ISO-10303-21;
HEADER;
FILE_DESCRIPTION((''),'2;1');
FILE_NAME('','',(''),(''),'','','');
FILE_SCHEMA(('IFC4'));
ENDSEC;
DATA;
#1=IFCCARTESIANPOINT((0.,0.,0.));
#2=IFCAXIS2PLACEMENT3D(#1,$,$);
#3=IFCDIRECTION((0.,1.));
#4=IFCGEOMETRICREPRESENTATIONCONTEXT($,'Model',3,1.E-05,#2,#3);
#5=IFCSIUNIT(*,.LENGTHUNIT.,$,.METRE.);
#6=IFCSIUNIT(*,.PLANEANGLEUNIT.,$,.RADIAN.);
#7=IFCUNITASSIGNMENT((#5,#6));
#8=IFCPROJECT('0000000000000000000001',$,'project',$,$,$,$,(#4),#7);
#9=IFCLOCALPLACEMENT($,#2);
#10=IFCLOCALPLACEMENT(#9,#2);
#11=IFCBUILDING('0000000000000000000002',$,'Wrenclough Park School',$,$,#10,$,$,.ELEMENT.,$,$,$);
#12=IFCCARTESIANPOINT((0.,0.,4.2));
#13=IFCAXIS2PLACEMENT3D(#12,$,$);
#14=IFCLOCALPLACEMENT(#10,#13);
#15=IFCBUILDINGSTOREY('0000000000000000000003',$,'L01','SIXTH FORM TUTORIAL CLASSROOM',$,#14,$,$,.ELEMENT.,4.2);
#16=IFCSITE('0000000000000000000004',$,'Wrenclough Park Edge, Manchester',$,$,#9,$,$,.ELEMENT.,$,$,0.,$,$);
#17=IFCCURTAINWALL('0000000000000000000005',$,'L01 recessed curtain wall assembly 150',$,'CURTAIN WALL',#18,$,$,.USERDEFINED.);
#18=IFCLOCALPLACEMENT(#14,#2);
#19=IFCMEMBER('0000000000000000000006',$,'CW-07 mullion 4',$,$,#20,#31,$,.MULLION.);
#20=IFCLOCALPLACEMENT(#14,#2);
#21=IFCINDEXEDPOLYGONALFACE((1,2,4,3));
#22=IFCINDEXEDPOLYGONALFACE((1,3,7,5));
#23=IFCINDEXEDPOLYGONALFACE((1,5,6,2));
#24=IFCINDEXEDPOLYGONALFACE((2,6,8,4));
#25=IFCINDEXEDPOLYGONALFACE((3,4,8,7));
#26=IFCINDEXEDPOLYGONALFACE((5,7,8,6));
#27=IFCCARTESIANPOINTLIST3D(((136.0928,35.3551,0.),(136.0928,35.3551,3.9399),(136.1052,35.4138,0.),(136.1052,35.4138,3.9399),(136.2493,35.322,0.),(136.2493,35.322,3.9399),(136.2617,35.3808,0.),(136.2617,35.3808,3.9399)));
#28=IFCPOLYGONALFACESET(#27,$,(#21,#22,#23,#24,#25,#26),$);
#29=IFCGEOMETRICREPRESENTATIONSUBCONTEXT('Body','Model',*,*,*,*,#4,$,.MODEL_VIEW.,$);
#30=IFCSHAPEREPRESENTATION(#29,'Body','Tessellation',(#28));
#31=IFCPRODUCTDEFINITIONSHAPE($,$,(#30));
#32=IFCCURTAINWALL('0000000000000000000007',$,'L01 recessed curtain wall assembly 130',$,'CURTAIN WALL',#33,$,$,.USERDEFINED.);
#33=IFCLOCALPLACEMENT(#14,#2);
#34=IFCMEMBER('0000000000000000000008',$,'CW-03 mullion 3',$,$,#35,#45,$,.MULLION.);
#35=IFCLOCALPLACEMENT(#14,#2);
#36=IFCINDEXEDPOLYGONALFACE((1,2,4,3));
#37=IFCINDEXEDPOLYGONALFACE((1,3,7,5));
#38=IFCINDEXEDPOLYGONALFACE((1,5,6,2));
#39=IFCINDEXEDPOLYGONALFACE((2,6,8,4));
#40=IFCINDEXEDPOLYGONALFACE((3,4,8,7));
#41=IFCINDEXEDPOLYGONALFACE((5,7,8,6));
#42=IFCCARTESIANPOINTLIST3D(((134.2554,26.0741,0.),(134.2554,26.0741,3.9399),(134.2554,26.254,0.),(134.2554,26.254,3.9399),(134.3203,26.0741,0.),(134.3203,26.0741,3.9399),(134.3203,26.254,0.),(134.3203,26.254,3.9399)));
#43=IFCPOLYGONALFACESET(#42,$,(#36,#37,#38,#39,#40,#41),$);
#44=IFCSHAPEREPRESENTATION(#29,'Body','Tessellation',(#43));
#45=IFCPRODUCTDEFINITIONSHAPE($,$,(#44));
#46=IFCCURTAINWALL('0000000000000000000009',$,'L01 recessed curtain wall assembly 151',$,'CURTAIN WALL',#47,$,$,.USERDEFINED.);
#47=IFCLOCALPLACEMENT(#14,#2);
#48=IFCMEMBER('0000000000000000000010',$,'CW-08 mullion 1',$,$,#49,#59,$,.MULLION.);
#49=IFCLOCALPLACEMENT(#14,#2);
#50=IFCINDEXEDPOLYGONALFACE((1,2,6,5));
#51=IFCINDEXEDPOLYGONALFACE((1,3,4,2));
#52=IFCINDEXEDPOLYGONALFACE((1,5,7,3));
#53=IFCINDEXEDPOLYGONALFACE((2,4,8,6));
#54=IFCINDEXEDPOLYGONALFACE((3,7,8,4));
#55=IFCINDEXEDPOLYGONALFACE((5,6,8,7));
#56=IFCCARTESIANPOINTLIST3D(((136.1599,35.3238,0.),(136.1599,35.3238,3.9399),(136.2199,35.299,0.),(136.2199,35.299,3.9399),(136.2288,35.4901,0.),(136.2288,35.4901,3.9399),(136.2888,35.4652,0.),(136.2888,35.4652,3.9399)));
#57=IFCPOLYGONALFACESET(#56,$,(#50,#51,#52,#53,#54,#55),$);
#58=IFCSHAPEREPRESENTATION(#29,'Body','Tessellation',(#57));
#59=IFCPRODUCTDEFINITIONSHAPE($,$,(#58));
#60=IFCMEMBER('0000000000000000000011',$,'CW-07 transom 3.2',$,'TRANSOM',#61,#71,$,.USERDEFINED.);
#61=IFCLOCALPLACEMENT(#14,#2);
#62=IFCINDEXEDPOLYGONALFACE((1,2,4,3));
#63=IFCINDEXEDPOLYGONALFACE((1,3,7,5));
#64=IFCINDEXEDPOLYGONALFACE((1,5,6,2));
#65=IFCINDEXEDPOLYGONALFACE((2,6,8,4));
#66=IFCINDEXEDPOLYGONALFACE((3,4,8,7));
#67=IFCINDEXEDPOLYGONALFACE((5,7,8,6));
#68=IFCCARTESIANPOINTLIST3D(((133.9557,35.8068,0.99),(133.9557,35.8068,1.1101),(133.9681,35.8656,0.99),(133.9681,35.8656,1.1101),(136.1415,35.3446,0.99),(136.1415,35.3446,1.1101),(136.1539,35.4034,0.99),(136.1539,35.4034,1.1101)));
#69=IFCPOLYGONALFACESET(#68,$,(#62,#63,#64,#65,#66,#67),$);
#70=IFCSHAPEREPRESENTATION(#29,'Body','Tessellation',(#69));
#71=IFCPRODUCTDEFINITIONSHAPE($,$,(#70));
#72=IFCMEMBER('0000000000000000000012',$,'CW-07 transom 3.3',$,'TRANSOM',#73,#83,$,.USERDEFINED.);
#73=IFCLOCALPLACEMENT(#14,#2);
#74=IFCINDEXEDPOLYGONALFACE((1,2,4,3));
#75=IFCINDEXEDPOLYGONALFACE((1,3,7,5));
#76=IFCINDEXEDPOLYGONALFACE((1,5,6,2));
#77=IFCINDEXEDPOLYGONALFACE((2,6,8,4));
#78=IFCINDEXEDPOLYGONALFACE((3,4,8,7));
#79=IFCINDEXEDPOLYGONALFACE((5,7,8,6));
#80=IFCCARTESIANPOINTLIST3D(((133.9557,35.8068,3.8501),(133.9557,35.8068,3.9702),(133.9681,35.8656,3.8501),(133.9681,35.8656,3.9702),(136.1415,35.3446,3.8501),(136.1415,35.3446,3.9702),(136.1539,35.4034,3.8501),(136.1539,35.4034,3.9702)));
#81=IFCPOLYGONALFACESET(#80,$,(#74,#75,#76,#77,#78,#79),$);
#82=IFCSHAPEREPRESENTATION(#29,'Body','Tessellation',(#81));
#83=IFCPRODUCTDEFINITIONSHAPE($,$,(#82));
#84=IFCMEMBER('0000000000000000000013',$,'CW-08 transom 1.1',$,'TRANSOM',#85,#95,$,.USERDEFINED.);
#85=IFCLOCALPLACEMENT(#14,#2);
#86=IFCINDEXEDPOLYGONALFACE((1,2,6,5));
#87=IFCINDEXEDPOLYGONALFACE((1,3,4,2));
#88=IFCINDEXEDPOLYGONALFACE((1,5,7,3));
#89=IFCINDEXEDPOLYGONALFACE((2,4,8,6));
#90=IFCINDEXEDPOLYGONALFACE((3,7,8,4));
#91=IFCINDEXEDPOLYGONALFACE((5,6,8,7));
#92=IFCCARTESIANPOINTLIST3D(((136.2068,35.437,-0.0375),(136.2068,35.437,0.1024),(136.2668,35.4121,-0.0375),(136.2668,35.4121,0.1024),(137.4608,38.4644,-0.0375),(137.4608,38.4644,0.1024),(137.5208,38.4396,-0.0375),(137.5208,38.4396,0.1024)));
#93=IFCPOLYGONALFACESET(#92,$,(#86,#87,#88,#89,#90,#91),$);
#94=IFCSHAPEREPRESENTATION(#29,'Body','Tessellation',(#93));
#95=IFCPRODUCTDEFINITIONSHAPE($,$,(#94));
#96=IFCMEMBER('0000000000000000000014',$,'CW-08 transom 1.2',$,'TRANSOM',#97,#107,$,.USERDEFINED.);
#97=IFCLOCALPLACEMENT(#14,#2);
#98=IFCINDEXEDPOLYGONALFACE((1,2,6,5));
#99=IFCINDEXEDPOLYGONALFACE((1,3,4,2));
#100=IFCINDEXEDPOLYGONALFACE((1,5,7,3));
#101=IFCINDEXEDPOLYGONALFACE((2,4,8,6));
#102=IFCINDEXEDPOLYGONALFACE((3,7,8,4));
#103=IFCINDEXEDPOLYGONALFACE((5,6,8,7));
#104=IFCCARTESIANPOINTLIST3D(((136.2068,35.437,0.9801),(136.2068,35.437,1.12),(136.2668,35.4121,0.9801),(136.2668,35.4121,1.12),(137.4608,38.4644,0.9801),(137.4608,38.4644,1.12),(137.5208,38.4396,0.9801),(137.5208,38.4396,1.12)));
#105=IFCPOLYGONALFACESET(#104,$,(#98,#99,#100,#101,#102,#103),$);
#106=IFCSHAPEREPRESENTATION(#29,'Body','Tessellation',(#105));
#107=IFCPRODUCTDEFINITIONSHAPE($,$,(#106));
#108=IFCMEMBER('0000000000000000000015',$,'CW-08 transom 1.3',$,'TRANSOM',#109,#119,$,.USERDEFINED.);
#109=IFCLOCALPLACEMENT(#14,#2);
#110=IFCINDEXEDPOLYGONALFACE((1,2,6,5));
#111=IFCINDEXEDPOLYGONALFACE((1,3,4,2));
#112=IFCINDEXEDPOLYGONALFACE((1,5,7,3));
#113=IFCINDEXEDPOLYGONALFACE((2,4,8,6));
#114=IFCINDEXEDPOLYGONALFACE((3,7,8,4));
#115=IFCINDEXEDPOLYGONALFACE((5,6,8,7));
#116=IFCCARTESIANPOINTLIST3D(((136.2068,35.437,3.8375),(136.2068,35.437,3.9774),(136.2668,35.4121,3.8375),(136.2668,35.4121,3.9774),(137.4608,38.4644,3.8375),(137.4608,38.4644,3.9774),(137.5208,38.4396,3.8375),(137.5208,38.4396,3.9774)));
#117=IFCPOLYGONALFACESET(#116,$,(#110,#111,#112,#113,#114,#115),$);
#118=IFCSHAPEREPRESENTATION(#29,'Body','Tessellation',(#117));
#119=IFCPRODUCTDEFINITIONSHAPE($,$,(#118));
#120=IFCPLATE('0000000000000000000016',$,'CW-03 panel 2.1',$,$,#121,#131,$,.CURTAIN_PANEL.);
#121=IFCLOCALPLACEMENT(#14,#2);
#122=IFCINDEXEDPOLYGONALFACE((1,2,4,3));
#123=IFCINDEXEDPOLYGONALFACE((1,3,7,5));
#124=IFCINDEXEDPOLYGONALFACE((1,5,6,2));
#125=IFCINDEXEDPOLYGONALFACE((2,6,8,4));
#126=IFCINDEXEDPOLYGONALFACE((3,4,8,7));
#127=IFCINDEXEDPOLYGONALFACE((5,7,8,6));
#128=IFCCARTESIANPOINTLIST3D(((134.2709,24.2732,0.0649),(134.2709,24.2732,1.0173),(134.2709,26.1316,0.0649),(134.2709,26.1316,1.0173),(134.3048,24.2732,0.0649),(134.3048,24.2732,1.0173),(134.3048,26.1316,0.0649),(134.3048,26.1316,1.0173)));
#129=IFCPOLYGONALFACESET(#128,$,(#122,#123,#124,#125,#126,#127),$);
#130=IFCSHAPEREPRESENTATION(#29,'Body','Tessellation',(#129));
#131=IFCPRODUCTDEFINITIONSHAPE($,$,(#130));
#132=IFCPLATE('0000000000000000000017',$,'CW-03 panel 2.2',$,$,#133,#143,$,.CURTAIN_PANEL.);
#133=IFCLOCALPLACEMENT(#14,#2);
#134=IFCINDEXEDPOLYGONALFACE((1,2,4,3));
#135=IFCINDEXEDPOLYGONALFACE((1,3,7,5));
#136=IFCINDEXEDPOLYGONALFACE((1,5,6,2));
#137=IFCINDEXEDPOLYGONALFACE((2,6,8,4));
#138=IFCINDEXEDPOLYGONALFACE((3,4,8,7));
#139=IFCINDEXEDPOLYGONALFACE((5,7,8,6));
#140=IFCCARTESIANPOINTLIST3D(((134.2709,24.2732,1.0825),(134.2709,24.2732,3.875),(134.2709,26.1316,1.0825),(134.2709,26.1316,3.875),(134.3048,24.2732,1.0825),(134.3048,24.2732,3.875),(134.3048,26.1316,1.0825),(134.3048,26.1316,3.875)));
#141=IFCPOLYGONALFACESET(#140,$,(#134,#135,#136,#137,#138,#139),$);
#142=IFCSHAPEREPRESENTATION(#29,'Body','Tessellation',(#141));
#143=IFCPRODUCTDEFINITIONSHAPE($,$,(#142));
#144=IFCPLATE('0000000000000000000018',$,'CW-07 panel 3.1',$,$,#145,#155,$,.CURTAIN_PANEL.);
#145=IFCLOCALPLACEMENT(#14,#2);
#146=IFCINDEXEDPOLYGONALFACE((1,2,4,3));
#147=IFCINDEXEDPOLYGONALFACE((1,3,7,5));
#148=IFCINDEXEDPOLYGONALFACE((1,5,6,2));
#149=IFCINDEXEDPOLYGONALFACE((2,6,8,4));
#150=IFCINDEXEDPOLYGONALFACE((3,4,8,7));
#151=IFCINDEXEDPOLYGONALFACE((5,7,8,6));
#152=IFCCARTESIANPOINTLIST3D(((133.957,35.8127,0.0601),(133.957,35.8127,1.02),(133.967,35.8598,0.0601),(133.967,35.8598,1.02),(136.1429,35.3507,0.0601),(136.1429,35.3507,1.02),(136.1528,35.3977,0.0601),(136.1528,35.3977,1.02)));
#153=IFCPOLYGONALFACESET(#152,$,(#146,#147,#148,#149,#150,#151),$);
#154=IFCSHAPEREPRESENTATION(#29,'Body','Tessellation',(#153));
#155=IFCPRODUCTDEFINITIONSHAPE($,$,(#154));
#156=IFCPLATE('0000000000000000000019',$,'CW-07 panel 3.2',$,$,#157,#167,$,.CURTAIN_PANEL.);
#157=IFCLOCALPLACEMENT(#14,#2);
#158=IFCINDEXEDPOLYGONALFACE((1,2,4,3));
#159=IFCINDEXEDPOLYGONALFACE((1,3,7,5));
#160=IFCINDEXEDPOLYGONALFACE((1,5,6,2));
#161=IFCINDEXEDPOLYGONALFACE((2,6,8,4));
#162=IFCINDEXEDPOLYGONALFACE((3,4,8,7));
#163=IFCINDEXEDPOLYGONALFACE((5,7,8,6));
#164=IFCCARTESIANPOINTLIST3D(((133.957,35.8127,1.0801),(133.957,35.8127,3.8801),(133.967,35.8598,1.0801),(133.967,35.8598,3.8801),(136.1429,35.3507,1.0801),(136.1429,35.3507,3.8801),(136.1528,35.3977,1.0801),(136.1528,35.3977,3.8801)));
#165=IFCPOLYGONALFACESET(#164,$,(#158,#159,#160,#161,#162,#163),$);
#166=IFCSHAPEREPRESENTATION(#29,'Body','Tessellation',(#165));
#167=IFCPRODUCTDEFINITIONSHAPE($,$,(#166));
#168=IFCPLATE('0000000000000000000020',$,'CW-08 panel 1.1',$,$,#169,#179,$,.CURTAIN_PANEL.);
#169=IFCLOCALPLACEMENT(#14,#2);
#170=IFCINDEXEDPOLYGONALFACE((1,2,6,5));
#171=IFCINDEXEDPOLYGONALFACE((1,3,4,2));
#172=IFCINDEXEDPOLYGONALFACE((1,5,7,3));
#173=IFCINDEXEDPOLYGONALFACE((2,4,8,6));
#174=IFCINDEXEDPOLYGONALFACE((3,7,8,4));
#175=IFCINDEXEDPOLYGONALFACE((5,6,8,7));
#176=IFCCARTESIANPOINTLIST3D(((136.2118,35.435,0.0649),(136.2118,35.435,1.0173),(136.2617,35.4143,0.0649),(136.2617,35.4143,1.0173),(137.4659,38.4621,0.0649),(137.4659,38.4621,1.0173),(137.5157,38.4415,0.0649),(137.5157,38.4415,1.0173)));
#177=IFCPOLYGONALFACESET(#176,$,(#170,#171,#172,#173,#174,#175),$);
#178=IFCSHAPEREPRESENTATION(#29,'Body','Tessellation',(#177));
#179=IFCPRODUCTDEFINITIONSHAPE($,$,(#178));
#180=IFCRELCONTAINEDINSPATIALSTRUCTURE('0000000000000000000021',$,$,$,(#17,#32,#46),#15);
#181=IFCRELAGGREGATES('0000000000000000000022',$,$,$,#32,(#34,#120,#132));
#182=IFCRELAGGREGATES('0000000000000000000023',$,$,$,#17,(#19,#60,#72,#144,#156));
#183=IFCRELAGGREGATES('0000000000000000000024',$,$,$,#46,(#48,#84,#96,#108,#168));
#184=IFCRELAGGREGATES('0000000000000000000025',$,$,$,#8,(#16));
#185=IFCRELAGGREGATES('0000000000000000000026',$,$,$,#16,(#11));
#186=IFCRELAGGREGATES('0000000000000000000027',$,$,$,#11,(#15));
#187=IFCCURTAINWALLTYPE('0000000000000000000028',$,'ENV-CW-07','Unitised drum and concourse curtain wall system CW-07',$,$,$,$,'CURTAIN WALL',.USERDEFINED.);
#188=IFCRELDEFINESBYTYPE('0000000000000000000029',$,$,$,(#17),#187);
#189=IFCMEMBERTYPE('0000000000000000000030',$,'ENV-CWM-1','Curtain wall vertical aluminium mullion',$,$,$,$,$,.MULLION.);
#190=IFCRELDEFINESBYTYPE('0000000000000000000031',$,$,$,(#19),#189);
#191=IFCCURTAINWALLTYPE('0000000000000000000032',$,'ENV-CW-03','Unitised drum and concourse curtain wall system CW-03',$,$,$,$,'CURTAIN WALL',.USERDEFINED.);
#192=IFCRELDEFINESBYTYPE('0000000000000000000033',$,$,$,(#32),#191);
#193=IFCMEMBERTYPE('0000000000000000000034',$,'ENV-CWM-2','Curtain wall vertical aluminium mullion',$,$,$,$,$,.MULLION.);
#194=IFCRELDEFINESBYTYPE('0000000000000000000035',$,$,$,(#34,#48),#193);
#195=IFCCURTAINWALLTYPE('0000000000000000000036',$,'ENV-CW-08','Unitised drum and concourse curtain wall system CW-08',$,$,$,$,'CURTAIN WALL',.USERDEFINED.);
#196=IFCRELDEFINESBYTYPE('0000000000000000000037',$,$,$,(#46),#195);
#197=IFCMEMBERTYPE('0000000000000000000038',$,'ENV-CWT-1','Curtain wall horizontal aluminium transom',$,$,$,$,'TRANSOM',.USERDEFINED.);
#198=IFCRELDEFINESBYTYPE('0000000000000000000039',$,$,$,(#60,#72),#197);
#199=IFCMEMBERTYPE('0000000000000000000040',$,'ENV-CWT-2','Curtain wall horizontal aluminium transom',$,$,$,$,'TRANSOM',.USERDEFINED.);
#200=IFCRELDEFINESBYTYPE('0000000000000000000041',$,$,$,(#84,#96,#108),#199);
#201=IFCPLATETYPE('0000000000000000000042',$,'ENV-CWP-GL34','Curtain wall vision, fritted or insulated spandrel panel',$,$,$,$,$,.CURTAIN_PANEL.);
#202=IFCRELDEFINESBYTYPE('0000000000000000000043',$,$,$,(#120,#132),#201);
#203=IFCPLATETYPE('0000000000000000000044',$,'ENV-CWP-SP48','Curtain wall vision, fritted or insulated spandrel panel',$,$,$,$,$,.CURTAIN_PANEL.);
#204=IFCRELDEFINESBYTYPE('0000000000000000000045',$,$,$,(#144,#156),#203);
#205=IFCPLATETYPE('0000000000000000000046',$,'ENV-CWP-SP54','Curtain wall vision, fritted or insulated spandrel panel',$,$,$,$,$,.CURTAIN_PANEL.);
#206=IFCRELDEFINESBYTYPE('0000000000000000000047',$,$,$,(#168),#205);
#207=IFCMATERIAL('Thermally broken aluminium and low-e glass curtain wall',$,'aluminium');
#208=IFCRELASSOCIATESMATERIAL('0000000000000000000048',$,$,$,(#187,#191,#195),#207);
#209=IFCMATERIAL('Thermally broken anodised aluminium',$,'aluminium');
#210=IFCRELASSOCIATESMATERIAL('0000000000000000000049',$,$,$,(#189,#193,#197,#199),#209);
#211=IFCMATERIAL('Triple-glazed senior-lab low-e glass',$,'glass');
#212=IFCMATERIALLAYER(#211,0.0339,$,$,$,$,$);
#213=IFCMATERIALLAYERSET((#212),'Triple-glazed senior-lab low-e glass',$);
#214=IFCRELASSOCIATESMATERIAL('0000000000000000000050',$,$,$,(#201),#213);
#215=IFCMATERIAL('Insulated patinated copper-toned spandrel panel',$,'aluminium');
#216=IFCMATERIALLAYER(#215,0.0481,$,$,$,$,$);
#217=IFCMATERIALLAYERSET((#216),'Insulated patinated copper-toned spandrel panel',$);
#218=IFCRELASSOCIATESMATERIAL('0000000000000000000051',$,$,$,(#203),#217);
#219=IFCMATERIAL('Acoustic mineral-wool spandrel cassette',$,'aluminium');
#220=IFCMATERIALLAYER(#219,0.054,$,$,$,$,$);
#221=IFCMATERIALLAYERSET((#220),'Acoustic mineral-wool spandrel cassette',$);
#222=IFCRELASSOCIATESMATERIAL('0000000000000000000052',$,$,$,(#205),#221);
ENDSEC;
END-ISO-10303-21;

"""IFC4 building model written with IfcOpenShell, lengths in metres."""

from ifc_helpers import new_model, si_unit, direction, frame, origin, origin_2d, place, context, subcontext, project, spatial, rectangle, extrude, material, layer, layer_set, material_profile, profile_set, type_object, element, aggregate, save


model = new_model("IFC4")

# Units and contexts
model_context = context("Model", 3, precision=1e-05, world=origin(), true_north=direction((0.0, 1.0)))
body_context = subcontext(model_context, "Body", "Model", "MODEL_VIEW")
ifc_project = project(units=[si_unit("LENGTHUNIT", "METRE"), si_unit("PLANEANGLEUNIT", "RADIAN")], contexts=[model_context])

# Site, building, storey
site_placement = place(None, origin())
site = spatial("IfcSite", under=ifc_project, at=site_placement, Name="Wrenclough Park Edge, Manchester", CompositionType="ELEMENT", RefElevation=0.0)
building_placement = place(site_placement, origin())
building = spatial("IfcBuilding", under=site, at=building_placement, Name="Wrenclough Park School", CompositionType="ELEMENT")
storey_placement = place(building_placement, frame((0.0, 0.0, 4.2)))
storey = spatial("IfcBuildingStorey", under=building, at=storey_placement, Name="L01", Description="SIXTH FORM TUTORIAL CLASSROOM", CompositionType="ELEMENT", Elevation=4.2)

# Curtain walls, members
ifc_material_1 = material(Name="Thermally broken aluminium and low-e glass curtain wall", Category="aluminium")
curtain_wall_type_1 = type_object("IfcCurtainWallType", Name="ENV-CW-07", Description="Unitised drum and concourse curtain wall system CW-07", ElementType="CURTAIN WALL", PredefinedType="USERDEFINED", material=ifc_material_1)
curtain_wall_1_placement = place(storey_placement, origin())
curtain_wall_1 = element("IfcCurtainWall", 1, at=curtain_wall_1_placement, inside=storey, type_object=curtain_wall_type_1, Name="L01 recessed curtain wall assembly 150", ObjectType="CURTAIN WALL", PredefinedType="USERDEFINED")
ifc_material_2 = material(Name="Thermally broken anodised aluminium", Category="aluminium")
ifc_material_profile_1 = material_profile(ifc_material_2, rectangle(XDim=0.0601, YDim=0.1599, at=origin_2d()), Name="AL MULLION 60x160")
ifc_profile_set_1 = profile_set([ifc_material_profile_1], Name="Thermally broken anodised aluminium")
member_type_1 = type_object("IfcMemberType", Name="ENV-CWM-1", Description="Curtain wall vertical aluminium mullion", PredefinedType="MULLION", material=ifc_profile_set_1)
member_1_placement = place(storey_placement, frame((136.1772, 35.3679, 0.0), z_axis=(0.0, 0.0, 1.0), x_axis=(0.20682, 0.978379, 0.0)))
member_1 = element("IfcMember", 2, at=member_1_placement, type_object=member_type_1, Name="CW-07 mullion 4", PredefinedType="MULLION", context=body_context, shape_type="SweptSolid", body=[
    extrude(rectangle(XDim=0.0601, YDim=0.1599, at=origin_2d()), origin(), (0.0, 0.0, 1.0), 3.9399),
])
curtain_wall_type_2 = type_object("IfcCurtainWallType", Name="ENV-CW-03", Description="Unitised drum and concourse curtain wall system CW-03", ElementType="CURTAIN WALL", PredefinedType="USERDEFINED", material=ifc_material_1)
curtain_wall_2_placement = place(storey_placement, origin())
curtain_wall_2 = element("IfcCurtainWall", 3, at=curtain_wall_2_placement, inside=storey, type_object=curtain_wall_type_2, Name="L01 recessed curtain wall assembly 130", ObjectType="CURTAIN WALL", PredefinedType="USERDEFINED")
ifc_material_profile_2 = material_profile(ifc_material_2, rectangle(XDim=0.0649, YDim=0.1799, at=origin_2d()), Name="AL MULLION 65x180")
ifc_profile_set_2 = profile_set([ifc_material_profile_2], Name="Thermally broken anodised aluminium")
member_type_2 = type_object("IfcMemberType", Name="ENV-CWM-2", Description="Curtain wall vertical aluminium mullion", PredefinedType="MULLION", material=ifc_profile_set_2)
member_2_placement = place(storey_placement, frame((134.2878, 26.1641, 0.0), z_axis=(0.0, 0.0, 1.0), x_axis=(-1.0, 0.0, 0.0)))
member_2 = element("IfcMember", 4, at=member_2_placement, type_object=member_type_2, Name="CW-03 mullion 3", PredefinedType="MULLION", context=body_context, shape_type="SweptSolid", body=[
    extrude(rectangle(XDim=0.0649, YDim=0.1799, at=origin_2d()), origin(), (0.0, 0.0, 1.0), 3.9399),
])
curtain_wall_type_3 = type_object("IfcCurtainWallType", Name="ENV-CW-08", Description="Unitised drum and concourse curtain wall system CW-08", ElementType="CURTAIN WALL", PredefinedType="USERDEFINED", material=ifc_material_1)
curtain_wall_3_placement = place(storey_placement, origin())
curtain_wall_3 = element("IfcCurtainWall", 5, at=curtain_wall_3_placement, inside=storey, type_object=curtain_wall_type_3, Name="L01 recessed curtain wall assembly 151", ObjectType="CURTAIN WALL", PredefinedType="USERDEFINED")
member_3_placement = place(storey_placement, frame((136.2244, 35.3945, 0.0), z_axis=(0.0, 0.0, 1.0), x_axis=(-0.923864, 0.38272, 0.0)))
member_3 = element("IfcMember", 6, at=member_3_placement, type_object=member_type_2, Name="CW-08 mullion 1", PredefinedType="MULLION", context=body_context, shape_type="SweptSolid", body=[
    extrude(rectangle(XDim=0.0649, YDim=0.1799, at=origin_2d()), origin(), (0.0, 0.0, 1.0), 3.9399),
])

# Members
ifc_material_profile_3 = material_profile(ifc_material_2, rectangle(XDim=0.0601, YDim=0.1201, at=origin_2d()), Name="AL TRANSOM 60x120")
ifc_profile_set_3 = profile_set([ifc_material_profile_3], Name="Thermally broken anodised aluminium")
member_type_3 = type_object("IfcMemberType", Name="ENV-CWT-1", Description="Curtain wall horizontal aluminium transom", ElementType="TRANSOM", PredefinedType="USERDEFINED", material=ifc_profile_set_3)
member_4_placement = place(storey_placement, frame((133.9619, 35.8362, 1.05), z_axis=(0.97837, -0.206864, 0.0), x_axis=(0.206864, 0.97837, 0.0)))
member_4 = element("IfcMember", 7, at=member_4_placement, type_object=member_type_3, Name="CW-07 transom 3.2", ObjectType="TRANSOM", PredefinedType="USERDEFINED", context=body_context, shape_type="SweptSolid", body=[
    extrude(rectangle(XDim=0.0601, YDim=0.1201, at=origin_2d()), origin(), (0.0, 0.0, 1.0), 2.2341),
])
member_5_placement = place(storey_placement, frame((133.9619, 35.8362, 3.9102), z_axis=(0.97837, -0.206864, 0.0), x_axis=(0.206864, 0.97837, 0.0)))
member_5 = element("IfcMember", 8, at=member_5_placement, type_object=member_type_3, Name="CW-07 transom 3.3", ObjectType="TRANSOM", PredefinedType="USERDEFINED", context=body_context, shape_type="SweptSolid", body=[
    extrude(rectangle(XDim=0.0601, YDim=0.1201, at=origin_2d()), origin(), (0.0, 0.0, 1.0), 2.2341),
])
ifc_material_profile_4 = material_profile(ifc_material_2, rectangle(XDim=0.0649, YDim=0.1399, at=origin_2d()), Name="AL TRANSOM 65x140")
ifc_profile_set_4 = profile_set([ifc_material_profile_4], Name="Thermally broken anodised aluminium")
member_type_4 = type_object("IfcMemberType", Name="ENV-CWT-2", Description="Curtain wall horizontal aluminium transom", ElementType="TRANSOM", PredefinedType="USERDEFINED", material=ifc_profile_set_4)
member_6_placement = place(storey_placement, frame((136.2368, 35.4246, 0.0325), z_axis=(0.382668, 0.923886, 0.0), x_axis=(-0.923886, 0.382668, 0.0)))
member_6 = element("IfcMember", 9, at=member_6_placement, type_object=member_type_4, Name="CW-08 transom 1.1", ObjectType="TRANSOM", PredefinedType="USERDEFINED", context=body_context, shape_type="SweptSolid", body=[
    extrude(rectangle(XDim=0.0649, YDim=0.1399, at=origin_2d()), origin(), (0.0, 0.0, 1.0), 3.2769),
])
member_7_placement = place(storey_placement, frame((136.2368, 35.4246, 1.05), z_axis=(0.382668, 0.923886, 0.0), x_axis=(-0.923886, 0.382668, 0.0)))
member_7 = element("IfcMember", 10, at=member_7_placement, type_object=member_type_4, Name="CW-08 transom 1.2", ObjectType="TRANSOM", PredefinedType="USERDEFINED", context=body_context, shape_type="SweptSolid", body=[
    extrude(rectangle(XDim=0.0649, YDim=0.1399, at=origin_2d()), origin(), (0.0, 0.0, 1.0), 3.2769),
])
member_8_placement = place(storey_placement, frame((136.2368, 35.4246, 3.9075), z_axis=(0.382668, 0.923886, 0.0), x_axis=(-0.923886, 0.382668, 0.0)))
member_8 = element("IfcMember", 11, at=member_8_placement, type_object=member_type_4, Name="CW-08 transom 1.3", ObjectType="TRANSOM", PredefinedType="USERDEFINED", context=body_context, shape_type="SweptSolid", body=[
    extrude(rectangle(XDim=0.0649, YDim=0.1399, at=origin_2d()), origin(), (0.0, 0.0, 1.0), 3.2769),
])

# Plates
ifc_material_3 = material(Name="Triple-glazed senior-lab low-e glass", Category="glass")
ifc_layer_1 = layer(ifc_material_3, 0.0339)
ifc_layer_set_1 = layer_set([ifc_layer_1], Name="Triple-glazed senior-lab low-e glass")
plate_type_1 = type_object("IfcPlateType", Name="ENV-CWP-GL34", Description="Curtain wall vision, fritted or insulated spandrel panel", PredefinedType="CURTAIN_PANEL", material=ifc_layer_set_1)
plate_1_placement = place(storey_placement, frame((134.2878, 25.2024, 0.0649), z_axis=(0.0, 0.0, 1.0), x_axis=(0.0, 1.0, 0.0)))
plate_1 = element("IfcPlate", 12, at=plate_1_placement, type_object=plate_type_1, Name="CW-03 panel 2.1", PredefinedType="CURTAIN_PANEL", context=body_context, shape_type="SweptSolid", body=[
    extrude(rectangle(XDim=1.8584, YDim=0.0339, at=origin_2d()), origin(), (0.0, 0.0, 1.0), 0.9524),
])
plate_2_placement = place(storey_placement, frame((134.2878, 25.2024, 1.0825), z_axis=(0.0, 0.0, 1.0), x_axis=(0.0, 1.0, 0.0)))
plate_2 = element("IfcPlate", 13, at=plate_2_placement, type_object=plate_type_1, Name="CW-03 panel 2.2", PredefinedType="CURTAIN_PANEL", context=body_context, shape_type="SweptSolid", body=[
    extrude(rectangle(XDim=1.8584, YDim=0.0339, at=origin_2d()), origin(), (0.0, 0.0, 1.0), 2.7925),
])
aggregate(curtain_wall_2, [member_2, plate_1, plate_2])
ifc_material_4 = material(Name="Insulated patinated copper-toned spandrel panel", Category="aluminium")
ifc_layer_2 = layer(ifc_material_4, 0.0481)
ifc_layer_set_2 = layer_set([ifc_layer_2], Name="Insulated patinated copper-toned spandrel panel")
plate_type_2 = type_object("IfcPlateType", Name="ENV-CWP-SP48", Description="Curtain wall vision, fritted or insulated spandrel panel", PredefinedType="CURTAIN_PANEL", material=ifc_layer_set_2)
plate_3_placement = place(storey_placement, frame((135.0549, 35.6052, 0.0601), z_axis=(0.0, 0.0, 1.0), x_axis=(0.978379, -0.20682, 0.0)))
plate_3 = element("IfcPlate", 14, at=plate_3_placement, type_object=plate_type_2, Name="CW-07 panel 3.1", PredefinedType="CURTAIN_PANEL", context=body_context, shape_type="SweptSolid", body=[
    extrude(rectangle(XDim=2.2341, YDim=0.0481, at=origin_2d()), origin(), (0.0, 0.0, 1.0), 0.96),
])
plate_4_placement = place(storey_placement, frame((135.0549, 35.6052, 1.0801), z_axis=(0.0, 0.0, 1.0), x_axis=(0.978379, -0.20682, 0.0)))
plate_4 = element("IfcPlate", 15, at=plate_4_placement, type_object=plate_type_2, Name="CW-07 panel 3.2", PredefinedType="CURTAIN_PANEL", context=body_context, shape_type="SweptSolid", body=[
    extrude(rectangle(XDim=2.2341, YDim=0.0481, at=origin_2d()), origin(), (0.0, 0.0, 1.0), 2.8),
])
aggregate(curtain_wall_1, [member_1, member_4, member_5, plate_3, plate_4])
ifc_material_5 = material(Name="Acoustic mineral-wool spandrel cassette", Category="aluminium")
ifc_layer_3 = layer(ifc_material_5, 0.054)
ifc_layer_set_3 = layer_set([ifc_layer_3], Name="Acoustic mineral-wool spandrel cassette")
plate_type_3 = type_object("IfcPlateType", Name="ENV-CWP-SP54", Description="Curtain wall vision, fritted or insulated spandrel panel", PredefinedType="CURTAIN_PANEL", material=ifc_layer_set_3)
plate_5_placement = place(storey_placement, frame((136.8638, 36.9382, 0.0649), z_axis=(0.0, 0.0, 1.0), x_axis=(0.38272, 0.923864, 0.0)))
plate_5 = element("IfcPlate", 16, at=plate_5_placement, type_object=plate_type_3, Name="CW-08 panel 1.1", PredefinedType="CURTAIN_PANEL", context=body_context, shape_type="SweptSolid", body=[
    extrude(rectangle(XDim=3.2766, YDim=0.054, at=origin_2d()), origin(), (0.0, 0.0, 1.0), 0.9524),
])
aggregate(curtain_wall_3, [member_3, member_6, member_7, member_8, plate_5])

save(model, "model.ifc")
